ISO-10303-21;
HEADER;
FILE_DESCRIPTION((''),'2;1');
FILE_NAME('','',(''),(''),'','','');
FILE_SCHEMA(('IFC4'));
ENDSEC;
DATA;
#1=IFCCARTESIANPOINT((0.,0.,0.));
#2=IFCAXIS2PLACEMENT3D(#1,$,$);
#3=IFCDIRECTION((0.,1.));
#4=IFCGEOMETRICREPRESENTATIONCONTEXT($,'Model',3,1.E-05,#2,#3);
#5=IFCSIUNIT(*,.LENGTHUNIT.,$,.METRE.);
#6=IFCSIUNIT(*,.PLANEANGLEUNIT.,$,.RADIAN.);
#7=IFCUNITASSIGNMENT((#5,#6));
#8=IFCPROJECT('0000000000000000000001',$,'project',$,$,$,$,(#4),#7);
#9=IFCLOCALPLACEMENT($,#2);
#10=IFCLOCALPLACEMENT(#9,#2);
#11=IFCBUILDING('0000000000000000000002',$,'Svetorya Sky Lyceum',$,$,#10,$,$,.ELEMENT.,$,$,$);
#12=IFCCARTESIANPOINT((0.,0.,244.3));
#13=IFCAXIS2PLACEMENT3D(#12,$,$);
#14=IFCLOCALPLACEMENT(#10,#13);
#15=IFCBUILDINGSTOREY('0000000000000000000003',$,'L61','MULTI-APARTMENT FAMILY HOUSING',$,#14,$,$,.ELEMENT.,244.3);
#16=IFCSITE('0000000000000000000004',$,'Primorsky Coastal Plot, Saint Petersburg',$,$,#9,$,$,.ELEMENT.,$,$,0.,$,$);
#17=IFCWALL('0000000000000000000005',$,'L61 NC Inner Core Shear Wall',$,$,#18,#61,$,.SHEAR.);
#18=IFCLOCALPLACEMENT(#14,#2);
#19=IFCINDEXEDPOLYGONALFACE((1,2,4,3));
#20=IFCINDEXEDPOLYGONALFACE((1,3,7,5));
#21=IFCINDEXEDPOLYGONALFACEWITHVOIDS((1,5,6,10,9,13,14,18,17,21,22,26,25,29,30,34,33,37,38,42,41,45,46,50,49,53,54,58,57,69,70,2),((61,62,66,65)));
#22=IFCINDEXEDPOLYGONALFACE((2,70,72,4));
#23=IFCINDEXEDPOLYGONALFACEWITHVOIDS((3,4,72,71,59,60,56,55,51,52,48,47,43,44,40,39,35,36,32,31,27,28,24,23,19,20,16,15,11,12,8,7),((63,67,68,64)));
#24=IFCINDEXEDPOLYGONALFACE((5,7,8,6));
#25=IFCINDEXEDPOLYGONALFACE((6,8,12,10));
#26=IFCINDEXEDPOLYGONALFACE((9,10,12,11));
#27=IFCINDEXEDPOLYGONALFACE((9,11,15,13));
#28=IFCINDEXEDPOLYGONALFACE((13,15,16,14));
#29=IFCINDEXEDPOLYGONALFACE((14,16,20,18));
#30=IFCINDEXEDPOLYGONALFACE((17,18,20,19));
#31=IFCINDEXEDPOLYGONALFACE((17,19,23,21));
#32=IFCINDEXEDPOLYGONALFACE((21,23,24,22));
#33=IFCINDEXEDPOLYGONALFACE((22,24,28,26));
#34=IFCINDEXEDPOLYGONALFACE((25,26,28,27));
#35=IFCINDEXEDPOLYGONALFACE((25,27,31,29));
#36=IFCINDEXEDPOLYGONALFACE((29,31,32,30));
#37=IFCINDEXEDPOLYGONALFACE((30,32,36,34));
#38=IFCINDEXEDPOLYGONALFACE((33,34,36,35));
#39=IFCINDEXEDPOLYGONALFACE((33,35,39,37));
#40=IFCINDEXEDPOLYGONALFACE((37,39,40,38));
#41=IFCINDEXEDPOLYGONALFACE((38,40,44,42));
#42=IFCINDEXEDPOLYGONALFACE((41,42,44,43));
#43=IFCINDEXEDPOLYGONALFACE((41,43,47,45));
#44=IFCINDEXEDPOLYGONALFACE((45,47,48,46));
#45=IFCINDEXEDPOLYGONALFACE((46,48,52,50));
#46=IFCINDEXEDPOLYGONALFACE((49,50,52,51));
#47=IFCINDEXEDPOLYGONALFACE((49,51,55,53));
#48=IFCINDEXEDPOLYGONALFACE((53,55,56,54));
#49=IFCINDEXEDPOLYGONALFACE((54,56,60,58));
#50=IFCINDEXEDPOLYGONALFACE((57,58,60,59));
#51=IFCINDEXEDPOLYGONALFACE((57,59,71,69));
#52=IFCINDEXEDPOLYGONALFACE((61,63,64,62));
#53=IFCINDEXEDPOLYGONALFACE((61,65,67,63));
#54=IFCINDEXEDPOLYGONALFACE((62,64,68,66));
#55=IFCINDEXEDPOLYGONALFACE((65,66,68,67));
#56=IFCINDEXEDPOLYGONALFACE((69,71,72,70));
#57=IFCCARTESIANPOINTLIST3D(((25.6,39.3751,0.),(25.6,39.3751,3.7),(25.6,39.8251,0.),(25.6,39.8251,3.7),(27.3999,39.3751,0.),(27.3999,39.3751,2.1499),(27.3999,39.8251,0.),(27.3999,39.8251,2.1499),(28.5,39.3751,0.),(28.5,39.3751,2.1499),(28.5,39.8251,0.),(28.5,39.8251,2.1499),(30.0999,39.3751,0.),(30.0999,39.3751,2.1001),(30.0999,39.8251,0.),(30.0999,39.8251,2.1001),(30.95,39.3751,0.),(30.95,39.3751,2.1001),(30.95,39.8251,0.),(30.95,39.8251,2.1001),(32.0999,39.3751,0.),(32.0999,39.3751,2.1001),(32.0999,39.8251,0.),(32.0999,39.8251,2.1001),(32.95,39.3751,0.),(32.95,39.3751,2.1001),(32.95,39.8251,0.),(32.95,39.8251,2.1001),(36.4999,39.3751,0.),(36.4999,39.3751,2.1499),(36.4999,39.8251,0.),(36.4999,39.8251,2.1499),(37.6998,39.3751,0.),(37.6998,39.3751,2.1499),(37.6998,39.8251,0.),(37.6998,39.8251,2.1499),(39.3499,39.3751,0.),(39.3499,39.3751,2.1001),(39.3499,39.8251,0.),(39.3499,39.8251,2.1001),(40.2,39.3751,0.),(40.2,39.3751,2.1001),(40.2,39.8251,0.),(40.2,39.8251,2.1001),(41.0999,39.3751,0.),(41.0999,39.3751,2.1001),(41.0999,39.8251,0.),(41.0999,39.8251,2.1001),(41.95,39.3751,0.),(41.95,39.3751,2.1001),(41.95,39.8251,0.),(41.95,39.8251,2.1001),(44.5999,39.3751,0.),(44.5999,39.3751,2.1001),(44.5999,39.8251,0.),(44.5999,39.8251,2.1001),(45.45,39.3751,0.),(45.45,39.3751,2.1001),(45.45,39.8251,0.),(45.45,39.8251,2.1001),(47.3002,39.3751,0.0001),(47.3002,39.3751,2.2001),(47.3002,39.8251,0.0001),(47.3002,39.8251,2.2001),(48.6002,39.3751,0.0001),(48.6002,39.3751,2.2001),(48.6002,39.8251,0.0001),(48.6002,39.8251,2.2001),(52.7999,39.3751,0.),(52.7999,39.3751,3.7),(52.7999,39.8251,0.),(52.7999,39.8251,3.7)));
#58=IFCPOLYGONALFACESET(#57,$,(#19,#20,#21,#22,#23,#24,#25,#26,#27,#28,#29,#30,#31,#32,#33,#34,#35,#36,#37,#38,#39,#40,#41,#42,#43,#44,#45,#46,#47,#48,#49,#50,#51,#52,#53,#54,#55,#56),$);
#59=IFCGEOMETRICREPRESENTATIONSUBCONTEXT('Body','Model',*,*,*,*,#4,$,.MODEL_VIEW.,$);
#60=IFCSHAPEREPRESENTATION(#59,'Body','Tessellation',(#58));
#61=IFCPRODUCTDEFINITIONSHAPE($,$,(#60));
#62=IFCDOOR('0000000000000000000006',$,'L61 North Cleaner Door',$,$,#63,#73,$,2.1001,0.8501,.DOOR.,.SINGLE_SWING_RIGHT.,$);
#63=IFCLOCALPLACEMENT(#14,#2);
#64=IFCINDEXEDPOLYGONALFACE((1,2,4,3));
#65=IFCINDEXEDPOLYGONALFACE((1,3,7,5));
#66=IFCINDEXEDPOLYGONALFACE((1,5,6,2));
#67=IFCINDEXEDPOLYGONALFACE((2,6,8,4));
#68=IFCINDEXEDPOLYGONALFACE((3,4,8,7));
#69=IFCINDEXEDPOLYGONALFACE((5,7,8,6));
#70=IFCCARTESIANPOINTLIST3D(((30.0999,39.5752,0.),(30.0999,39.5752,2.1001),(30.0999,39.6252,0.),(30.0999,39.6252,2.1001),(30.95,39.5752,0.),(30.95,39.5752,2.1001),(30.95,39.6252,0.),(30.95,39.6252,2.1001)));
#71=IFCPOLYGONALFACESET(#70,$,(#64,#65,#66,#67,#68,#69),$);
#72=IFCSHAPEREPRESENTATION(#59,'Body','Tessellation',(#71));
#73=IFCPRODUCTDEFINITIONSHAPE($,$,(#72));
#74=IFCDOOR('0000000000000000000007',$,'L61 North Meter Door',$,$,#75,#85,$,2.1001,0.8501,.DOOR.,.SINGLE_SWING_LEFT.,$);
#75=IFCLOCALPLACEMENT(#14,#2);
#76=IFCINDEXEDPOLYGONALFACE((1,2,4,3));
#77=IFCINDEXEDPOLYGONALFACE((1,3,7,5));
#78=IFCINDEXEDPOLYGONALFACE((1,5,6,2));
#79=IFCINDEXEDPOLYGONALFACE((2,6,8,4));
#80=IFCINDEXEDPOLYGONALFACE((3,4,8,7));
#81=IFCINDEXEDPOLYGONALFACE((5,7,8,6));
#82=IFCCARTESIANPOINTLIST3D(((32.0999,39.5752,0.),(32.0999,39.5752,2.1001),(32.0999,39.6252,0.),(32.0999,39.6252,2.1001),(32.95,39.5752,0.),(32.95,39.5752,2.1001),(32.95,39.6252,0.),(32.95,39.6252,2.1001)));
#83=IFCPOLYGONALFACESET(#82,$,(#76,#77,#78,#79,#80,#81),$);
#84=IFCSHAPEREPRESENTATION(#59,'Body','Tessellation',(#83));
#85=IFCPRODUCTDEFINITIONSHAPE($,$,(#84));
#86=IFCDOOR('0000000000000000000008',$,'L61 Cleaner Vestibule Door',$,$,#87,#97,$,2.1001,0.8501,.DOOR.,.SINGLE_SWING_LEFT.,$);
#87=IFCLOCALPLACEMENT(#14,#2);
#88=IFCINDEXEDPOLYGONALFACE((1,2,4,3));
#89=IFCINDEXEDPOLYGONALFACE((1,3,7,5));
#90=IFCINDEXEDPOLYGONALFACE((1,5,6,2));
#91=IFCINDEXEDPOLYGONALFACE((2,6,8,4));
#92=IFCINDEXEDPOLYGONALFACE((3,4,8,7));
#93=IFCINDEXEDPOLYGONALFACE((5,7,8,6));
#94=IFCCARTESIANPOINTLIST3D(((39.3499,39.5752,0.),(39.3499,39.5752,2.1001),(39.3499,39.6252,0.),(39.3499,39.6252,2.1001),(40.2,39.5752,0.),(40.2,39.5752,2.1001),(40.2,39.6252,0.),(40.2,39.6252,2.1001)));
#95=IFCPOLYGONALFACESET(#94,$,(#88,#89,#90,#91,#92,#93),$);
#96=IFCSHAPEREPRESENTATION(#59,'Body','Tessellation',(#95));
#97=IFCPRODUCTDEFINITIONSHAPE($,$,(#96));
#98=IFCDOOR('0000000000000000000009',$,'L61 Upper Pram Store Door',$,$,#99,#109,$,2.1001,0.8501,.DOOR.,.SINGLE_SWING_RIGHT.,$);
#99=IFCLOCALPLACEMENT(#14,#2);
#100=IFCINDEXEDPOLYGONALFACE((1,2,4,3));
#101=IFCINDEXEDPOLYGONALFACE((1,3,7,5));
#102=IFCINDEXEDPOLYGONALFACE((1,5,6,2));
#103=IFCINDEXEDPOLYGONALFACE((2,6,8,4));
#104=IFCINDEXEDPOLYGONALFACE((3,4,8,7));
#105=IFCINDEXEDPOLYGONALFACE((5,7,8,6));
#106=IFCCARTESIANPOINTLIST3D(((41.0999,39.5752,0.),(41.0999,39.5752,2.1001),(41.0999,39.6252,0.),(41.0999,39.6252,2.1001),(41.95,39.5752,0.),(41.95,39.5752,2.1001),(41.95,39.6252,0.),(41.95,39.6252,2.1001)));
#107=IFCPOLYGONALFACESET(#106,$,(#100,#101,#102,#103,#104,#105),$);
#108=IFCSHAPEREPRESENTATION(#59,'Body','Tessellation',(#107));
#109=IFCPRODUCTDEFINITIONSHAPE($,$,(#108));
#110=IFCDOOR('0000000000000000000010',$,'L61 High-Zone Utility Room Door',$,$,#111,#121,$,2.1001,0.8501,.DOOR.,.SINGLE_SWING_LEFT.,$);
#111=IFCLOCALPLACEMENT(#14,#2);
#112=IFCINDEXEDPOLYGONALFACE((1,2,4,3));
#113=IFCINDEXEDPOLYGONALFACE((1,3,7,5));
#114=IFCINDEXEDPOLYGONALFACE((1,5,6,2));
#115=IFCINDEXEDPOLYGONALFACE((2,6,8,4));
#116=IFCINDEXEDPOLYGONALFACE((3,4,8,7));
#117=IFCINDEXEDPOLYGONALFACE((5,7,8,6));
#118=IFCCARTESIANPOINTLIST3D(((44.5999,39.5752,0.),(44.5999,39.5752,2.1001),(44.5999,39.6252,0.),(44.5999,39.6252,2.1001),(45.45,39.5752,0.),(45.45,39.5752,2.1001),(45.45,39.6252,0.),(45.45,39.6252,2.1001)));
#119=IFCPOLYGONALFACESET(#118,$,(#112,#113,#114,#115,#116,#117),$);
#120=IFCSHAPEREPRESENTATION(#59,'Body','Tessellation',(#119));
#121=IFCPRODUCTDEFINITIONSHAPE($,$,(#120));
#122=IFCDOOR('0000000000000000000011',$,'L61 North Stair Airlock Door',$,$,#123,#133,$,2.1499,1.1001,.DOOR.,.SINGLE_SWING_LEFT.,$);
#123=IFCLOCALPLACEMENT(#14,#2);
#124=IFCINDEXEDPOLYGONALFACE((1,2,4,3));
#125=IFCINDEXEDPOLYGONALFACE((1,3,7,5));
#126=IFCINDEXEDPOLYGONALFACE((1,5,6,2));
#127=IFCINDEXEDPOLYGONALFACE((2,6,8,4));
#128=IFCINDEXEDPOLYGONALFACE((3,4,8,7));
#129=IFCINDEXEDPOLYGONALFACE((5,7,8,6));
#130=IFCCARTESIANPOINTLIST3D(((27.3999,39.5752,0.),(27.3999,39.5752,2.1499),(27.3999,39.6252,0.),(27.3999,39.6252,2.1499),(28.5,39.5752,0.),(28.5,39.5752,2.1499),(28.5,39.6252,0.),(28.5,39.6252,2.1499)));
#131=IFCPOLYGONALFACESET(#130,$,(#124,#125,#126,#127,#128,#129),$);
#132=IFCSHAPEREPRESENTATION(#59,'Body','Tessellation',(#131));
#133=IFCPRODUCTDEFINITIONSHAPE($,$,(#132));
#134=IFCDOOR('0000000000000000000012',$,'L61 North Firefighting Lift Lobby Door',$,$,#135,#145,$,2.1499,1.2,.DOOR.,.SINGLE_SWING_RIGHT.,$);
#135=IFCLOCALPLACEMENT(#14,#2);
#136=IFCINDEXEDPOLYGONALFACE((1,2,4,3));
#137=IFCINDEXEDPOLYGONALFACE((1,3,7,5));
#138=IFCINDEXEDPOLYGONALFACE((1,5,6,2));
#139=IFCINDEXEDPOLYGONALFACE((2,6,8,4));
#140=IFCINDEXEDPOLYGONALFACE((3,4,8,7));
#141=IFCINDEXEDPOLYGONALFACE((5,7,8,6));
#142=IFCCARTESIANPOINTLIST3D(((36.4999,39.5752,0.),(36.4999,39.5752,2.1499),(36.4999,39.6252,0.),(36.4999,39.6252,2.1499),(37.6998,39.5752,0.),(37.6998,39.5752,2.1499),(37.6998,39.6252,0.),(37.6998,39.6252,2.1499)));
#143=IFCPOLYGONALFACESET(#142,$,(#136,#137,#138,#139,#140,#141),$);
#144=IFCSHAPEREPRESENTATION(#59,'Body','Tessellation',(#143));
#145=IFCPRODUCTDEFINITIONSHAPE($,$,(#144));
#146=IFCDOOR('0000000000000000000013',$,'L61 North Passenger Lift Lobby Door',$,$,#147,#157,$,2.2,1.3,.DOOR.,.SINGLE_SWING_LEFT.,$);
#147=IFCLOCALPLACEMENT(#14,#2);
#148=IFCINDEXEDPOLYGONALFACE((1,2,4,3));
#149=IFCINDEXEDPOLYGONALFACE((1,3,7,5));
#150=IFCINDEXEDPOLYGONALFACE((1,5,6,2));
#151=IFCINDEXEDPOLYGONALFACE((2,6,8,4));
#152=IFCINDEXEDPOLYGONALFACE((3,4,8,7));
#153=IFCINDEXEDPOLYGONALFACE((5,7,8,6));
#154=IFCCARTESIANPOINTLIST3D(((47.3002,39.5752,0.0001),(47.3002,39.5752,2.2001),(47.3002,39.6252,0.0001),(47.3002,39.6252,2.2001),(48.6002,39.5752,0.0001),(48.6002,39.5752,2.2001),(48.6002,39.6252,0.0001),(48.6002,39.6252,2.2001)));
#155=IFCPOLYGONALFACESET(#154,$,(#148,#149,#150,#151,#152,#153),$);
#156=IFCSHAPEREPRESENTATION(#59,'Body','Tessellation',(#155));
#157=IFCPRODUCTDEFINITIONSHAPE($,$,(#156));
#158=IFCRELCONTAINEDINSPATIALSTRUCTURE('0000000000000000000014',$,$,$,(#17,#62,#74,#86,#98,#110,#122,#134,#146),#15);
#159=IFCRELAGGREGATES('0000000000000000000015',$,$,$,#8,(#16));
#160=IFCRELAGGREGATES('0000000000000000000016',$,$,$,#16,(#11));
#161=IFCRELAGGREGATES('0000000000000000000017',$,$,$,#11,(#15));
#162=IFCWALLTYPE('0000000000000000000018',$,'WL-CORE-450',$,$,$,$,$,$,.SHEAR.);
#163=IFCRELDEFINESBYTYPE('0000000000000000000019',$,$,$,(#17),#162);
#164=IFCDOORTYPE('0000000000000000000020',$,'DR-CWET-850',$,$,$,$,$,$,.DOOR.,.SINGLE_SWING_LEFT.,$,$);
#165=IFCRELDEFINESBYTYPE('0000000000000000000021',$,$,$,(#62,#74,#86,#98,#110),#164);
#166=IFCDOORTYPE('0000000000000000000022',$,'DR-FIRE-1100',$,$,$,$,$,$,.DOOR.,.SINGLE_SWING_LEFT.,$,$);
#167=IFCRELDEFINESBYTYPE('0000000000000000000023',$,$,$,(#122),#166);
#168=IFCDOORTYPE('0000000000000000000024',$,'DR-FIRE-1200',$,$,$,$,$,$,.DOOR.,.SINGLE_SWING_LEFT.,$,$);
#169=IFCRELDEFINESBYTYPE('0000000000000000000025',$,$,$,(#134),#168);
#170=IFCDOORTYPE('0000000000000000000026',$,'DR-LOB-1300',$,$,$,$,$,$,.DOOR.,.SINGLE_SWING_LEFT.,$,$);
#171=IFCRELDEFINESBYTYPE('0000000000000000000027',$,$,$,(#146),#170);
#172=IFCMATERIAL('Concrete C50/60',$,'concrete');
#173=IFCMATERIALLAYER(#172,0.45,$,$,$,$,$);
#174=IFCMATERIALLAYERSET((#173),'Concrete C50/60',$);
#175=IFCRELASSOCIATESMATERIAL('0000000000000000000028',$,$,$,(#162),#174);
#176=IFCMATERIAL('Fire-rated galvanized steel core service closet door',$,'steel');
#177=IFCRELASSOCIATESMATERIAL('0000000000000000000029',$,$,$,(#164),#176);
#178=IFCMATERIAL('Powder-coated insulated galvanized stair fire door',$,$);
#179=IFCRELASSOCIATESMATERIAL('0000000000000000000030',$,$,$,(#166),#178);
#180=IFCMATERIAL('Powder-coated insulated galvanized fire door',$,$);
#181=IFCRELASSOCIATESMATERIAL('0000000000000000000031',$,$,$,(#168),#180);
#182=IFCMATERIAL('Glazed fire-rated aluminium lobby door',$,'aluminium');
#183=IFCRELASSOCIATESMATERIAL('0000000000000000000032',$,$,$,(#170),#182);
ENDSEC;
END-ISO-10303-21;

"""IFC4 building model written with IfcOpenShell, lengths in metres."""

from ifc_helpers import new_model, si_unit, direction, frame, frame_2d, origin, place, context, subcontext, project, spatial, rectangle, extrude, material, layer, layer_set, type_object, element, fill, save


model = new_model("IFC4")

# Units and contexts
model_context = context("Model", 3, precision=1e-05, world=origin(), true_north=direction((0.0, 1.0)))
body_context = subcontext(model_context, "Body", "Model", "MODEL_VIEW")
ifc_project = project(units=[si_unit("LENGTHUNIT", "METRE"), si_unit("PLANEANGLEUNIT", "RADIAN")], contexts=[model_context])

# Site, building, storey
site_placement = place(None, origin())
site = spatial("IfcSite", under=ifc_project, at=site_placement, Name="Primorsky Coastal Plot, Saint Petersburg", CompositionType="ELEMENT", RefElevation=0.0)
building_placement = place(site_placement, origin())
building = spatial("IfcBuilding", under=site, at=building_placement, Name="Svetorya Sky Lyceum", CompositionType="ELEMENT")
storey_placement = place(building_placement, frame((0.0, 0.0, 244.3)))
storey = spatial("IfcBuildingStorey", under=building, at=storey_placement, Name="L61", Description="MULTI-APARTMENT FAMILY HOUSING", CompositionType="ELEMENT", Elevation=244.3)

# Shared definitions
ifc_material_1 = material(Name="Concrete C50/60", Category="concrete")

# Wall, openings, doors
ifc_layer_1 = layer(ifc_material_1, 0.45)
ifc_layer_set_1 = layer_set([ifc_layer_1], Name="Concrete C50/60")
wall_type_1 = type_object("IfcWallType", Name="WL-CORE-450", PredefinedType="SHEAR", material=ifc_layer_set_1)
wall_1_placement = place(storey_placement, frame((52.8, 39.6001, 0.0), z_axis=(0.0, 0.0, 1.0), x_axis=(-1.0, 0.0, 0.0)))
wall_1 = element("IfcWall", 1, at=wall_1_placement, inside=storey, type_object=wall_type_1, Name="L61 NC Inner Core Shear Wall", PredefinedType="SHEAR", context=body_context, shape_type="SweptSolid", body=[
    extrude(rectangle(XDim=27.2, YDim=0.45, at=frame_2d((13.6001, 0.0))), origin(), (0.0, 0.0, 1.0), 3.7),
])
opening_1_placement = place(wall_1_placement, frame((24.3, 0.0, 0.0)))
opening_1 = element("IfcOpeningElement", 2, at=opening_1_placement, cuts=wall_1, PredefinedType="OPENING", context=body_context, shape_type="SweptSolid", body=[
    extrude(rectangle(XDim=1.1001, YDim=2.1499, at=frame_2d((0.55, 1.075))), frame((0.0, 0.2349, 0.0), z_axis=(0.0, -1.0, 0.0), x_axis=(1.0, 0.0, 0.0)), (0.0, 0.0, 1.0), 0.47),
])
opening_2_placement = place(wall_1_placement, frame((21.8501, 0.0, 0.0)))
opening_2 = element("IfcOpeningElement", 3, at=opening_2_placement, cuts=wall_1, PredefinedType="OPENING", context=body_context, shape_type="SweptSolid", body=[
    extrude(rectangle(XDim=0.8501, YDim=2.1001, at=frame_2d((0.425, 1.05))), frame((0.0, 0.2349, 0.0), z_axis=(0.0, -1.0, 0.0), x_axis=(1.0, 0.0, 0.0)), (0.0, 0.0, 1.0), 0.47),
])
opening_3_placement = place(wall_1_placement, frame((19.8501, 0.0, 0.0)))
opening_3 = element("IfcOpeningElement", 4, at=opening_3_placement, cuts=wall_1, PredefinedType="OPENING", context=body_context, shape_type="SweptSolid", body=[
    extrude(rectangle(XDim=0.8501, YDim=2.1001, at=frame_2d((0.425, 1.05))), frame((0.0, 0.2349, 0.0), z_axis=(0.0, -1.0, 0.0), x_axis=(1.0, 0.0, 0.0)), (0.0, 0.0, 1.0), 0.47),
])
opening_4_placement = place(wall_1_placement, frame((15.1001, 0.0, 0.0)))
opening_4 = element("IfcOpeningElement", 5, at=opening_4_placement, cuts=wall_1, PredefinedType="OPENING", context=body_context, shape_type="SweptSolid", body=[
    extrude(rectangle(XDim=1.2, YDim=2.1499, at=frame_2d((0.6001, 1.075))), frame((0.0, 0.2349, 0.0), z_axis=(0.0, -1.0, 0.0), x_axis=(1.0, 0.0, 0.0)), (0.0, 0.0, 1.0), 0.47),
])
opening_5_placement = place(wall_1_placement, frame((12.6001, 0.0, 0.0)))
opening_5 = element("IfcOpeningElement", 6, at=opening_5_placement, cuts=wall_1, PredefinedType="OPENING", context=body_context, shape_type="SweptSolid", body=[
    extrude(rectangle(XDim=0.8501, YDim=2.1001, at=frame_2d((0.425, 1.05))), frame((0.0, 0.2349, 0.0), z_axis=(0.0, -1.0, 0.0), x_axis=(1.0, 0.0, 0.0)), (0.0, 0.0, 1.0), 0.47),
])
opening_6_placement = place(wall_1_placement, frame((10.8501, 0.0, 0.0)))
opening_6 = element("IfcOpeningElement", 7, at=opening_6_placement, cuts=wall_1, PredefinedType="OPENING", context=body_context, shape_type="SweptSolid", body=[
    extrude(rectangle(XDim=0.8501, YDim=2.1001, at=frame_2d((0.425, 1.05))), frame((0.0, 0.2349, 0.0), z_axis=(0.0, -1.0, 0.0), x_axis=(1.0, 0.0, 0.0)), (0.0, 0.0, 1.0), 0.47),
])
opening_7_placement = place(wall_1_placement, frame((7.3501, 0.0, 0.0)))
opening_7 = element("IfcOpeningElement", 8, at=opening_7_placement, cuts=wall_1, PredefinedType="OPENING", context=body_context, shape_type="SweptSolid", body=[
    extrude(rectangle(XDim=0.8501, YDim=2.1001, at=frame_2d((0.425, 1.05))), frame((0.0, 0.2349, 0.0), z_axis=(0.0, -1.0, 0.0), x_axis=(1.0, 0.0, 0.0)), (0.0, 0.0, 1.0), 0.47),
])
opening_8_placement = place(wall_1_placement, frame((4.2, 0.0, 0.0)))
opening_8 = element("IfcOpeningElement", 9, at=opening_8_placement, cuts=wall_1, PredefinedType="OPENING", context=body_context, shape_type="SweptSolid", body=[
    extrude(rectangle(XDim=1.3, YDim=2.2, at=frame_2d((0.6499, 1.1001))), frame((0.0, 0.2349, 0.0), z_axis=(0.0, -1.0, 0.0), x_axis=(1.0, 0.0, 0.0)), (0.0, 0.0, 1.0), 0.47),
])
ifc_material_2 = material(Name="Fire-rated galvanized steel core service closet door", Category="steel")
door_type_1 = type_object("IfcDoorType", Name="DR-CWET-850", OperationType="SINGLE_SWING_LEFT", PredefinedType="DOOR", material=ifc_material_2)
door_1_placement = place(opening_2_placement, origin())
door_1 = element("IfcDoor", 10, at=door_1_placement, inside=storey, type_object=door_type_1, Name="L61 North Cleaner Door", OperationType="SINGLE_SWING_RIGHT", OverallHeight=2.1001, OverallWidth=0.8501, PredefinedType="DOOR", context=body_context, shape_type="SweptSolid", body=[
    extrude(rectangle(XDim=0.8501, YDim=2.1001, at=frame_2d((0.425, 1.05))), frame((0.0, 0.0249, 0.0), z_axis=(0.0, -1.0, 0.0), x_axis=(1.0, 0.0, 0.0)), (0.0, 0.0, 1.0), 0.05),
])
fill(opening_2, door_1)
door_2_placement = place(opening_3_placement, origin())
door_2 = element("IfcDoor", 11, at=door_2_placement, inside=storey, type_object=door_type_1, Name="L61 North Meter Door", OperationType="SINGLE_SWING_LEFT", OverallHeight=2.1001, OverallWidth=0.8501, PredefinedType="DOOR", context=body_context, shape_type="SweptSolid", body=[
    extrude(rectangle(XDim=0.8501, YDim=2.1001, at=frame_2d((0.425, 1.05))), frame((0.0, 0.0249, 0.0), z_axis=(0.0, -1.0, 0.0), x_axis=(1.0, 0.0, 0.0)), (0.0, 0.0, 1.0), 0.05),
])
fill(opening_3, door_2)
door_3_placement = place(opening_5_placement, origin())
door_3 = element("IfcDoor", 12, at=door_3_placement, inside=storey, type_object=door_type_1, Name="L61 Cleaner Vestibule Door", OperationType="SINGLE_SWING_LEFT", OverallHeight=2.1001, OverallWidth=0.8501, PredefinedType="DOOR", context=body_context, shape_type="SweptSolid", body=[
    extrude(rectangle(XDim=0.8501, YDim=2.1001, at=frame_2d((0.425, 1.05))), frame((0.0, 0.0249, 0.0), z_axis=(0.0, -1.0, 0.0), x_axis=(1.0, 0.0, 0.0)), (0.0, 0.0, 1.0), 0.05),
])
fill(opening_5, door_3)
door_4_placement = place(opening_6_placement, origin())
door_4 = element("IfcDoor", 13, at=door_4_placement, inside=storey, type_object=door_type_1, Name="L61 Upper Pram Store Door", OperationType="SINGLE_SWING_RIGHT", OverallHeight=2.1001, OverallWidth=0.8501, PredefinedType="DOOR", context=body_context, shape_type="SweptSolid", body=[
    extrude(rectangle(XDim=0.8501, YDim=2.1001, at=frame_2d((0.425, 1.05))), frame((0.0, 0.0249, 0.0), z_axis=(0.0, -1.0, 0.0), x_axis=(1.0, 0.0, 0.0)), (0.0, 0.0, 1.0), 0.05),
])
fill(opening_6, door_4)
door_5_placement = place(opening_7_placement, origin())
door_5 = element("IfcDoor", 14, at=door_5_placement, inside=storey, type_object=door_type_1, Name="L61 High-Zone Utility Room Door", OperationType="SINGLE_SWING_LEFT", OverallHeight=2.1001, OverallWidth=0.8501, PredefinedType="DOOR", context=body_context, shape_type="SweptSolid", body=[
    extrude(rectangle(XDim=0.8501, YDim=2.1001, at=frame_2d((0.425, 1.05))), frame((0.0, 0.0249, 0.0), z_axis=(0.0, -1.0, 0.0), x_axis=(1.0, 0.0, 0.0)), (0.0, 0.0, 1.0), 0.05),
])
fill(opening_7, door_5)
ifc_material_3 = material(Name="Powder-coated insulated galvanized stair fire door")
door_type_2 = type_object("IfcDoorType", Name="DR-FIRE-1100", OperationType="SINGLE_SWING_LEFT", PredefinedType="DOOR", material=ifc_material_3)
door_6_placement = place(opening_1_placement, origin())
door_6 = element("IfcDoor", 15, at=door_6_placement, inside=storey, type_object=door_type_2, Name="L61 North Stair Airlock Door", OperationType="SINGLE_SWING_LEFT", OverallHeight=2.1499, OverallWidth=1.1001, PredefinedType="DOOR", context=body_context, shape_type="SweptSolid", body=[
    extrude(rectangle(XDim=1.1001, YDim=2.1499, at=frame_2d((0.55, 1.075))), frame((0.0, 0.0249, 0.0), z_axis=(0.0, -1.0, 0.0), x_axis=(1.0, 0.0, 0.0)), (0.0, 0.0, 1.0), 0.05),
])
fill(opening_1, door_6)
ifc_material_4 = material(Name="Powder-coated insulated galvanized fire door")
door_type_3 = type_object("IfcDoorType", Name="DR-FIRE-1200", OperationType="SINGLE_SWING_LEFT", PredefinedType="DOOR", material=ifc_material_4)
door_7_placement = place(opening_4_placement, origin())
door_7 = element("IfcDoor", 16, at=door_7_placement, inside=storey, type_object=door_type_3, Name="L61 North Firefighting Lift Lobby Door", OperationType="SINGLE_SWING_RIGHT", OverallHeight=2.1499, OverallWidth=1.2, PredefinedType="DOOR", context=body_context, shape_type="SweptSolid", body=[
    extrude(rectangle(XDim=1.2, YDim=2.1499, at=frame_2d((0.6001, 1.075))), frame((0.0, 0.0249, 0.0), z_axis=(0.0, -1.0, 0.0), x_axis=(1.0, 0.0, 0.0)), (0.0, 0.0, 1.0), 0.05),
])
fill(opening_4, door_7)
ifc_material_5 = material(Name="Glazed fire-rated aluminium lobby door", Category="aluminium")
door_type_4 = type_object("IfcDoorType", Name="DR-LOB-1300", OperationType="SINGLE_SWING_LEFT", PredefinedType="DOOR", material=ifc_material_5)
door_8_placement = place(opening_8_placement, origin())
door_8 = element("IfcDoor", 17, at=door_8_placement, inside=storey, type_object=door_type_4, Name="L61 North Passenger Lift Lobby Door", OperationType="SINGLE_SWING_LEFT", OverallHeight=2.2, OverallWidth=1.3, PredefinedType="DOOR", context=body_context, shape_type="SweptSolid", body=[
    extrude(rectangle(XDim=1.3, YDim=2.2, at=frame_2d((0.6499, 1.1001))), frame((0.0, 0.0249, 0.0), z_axis=(0.0, -1.0, 0.0), x_axis=(1.0, 0.0, 0.0)), (0.0, 0.0, 1.0), 0.05),
])
fill(opening_8, door_8)

save(model, "model.ifc")
